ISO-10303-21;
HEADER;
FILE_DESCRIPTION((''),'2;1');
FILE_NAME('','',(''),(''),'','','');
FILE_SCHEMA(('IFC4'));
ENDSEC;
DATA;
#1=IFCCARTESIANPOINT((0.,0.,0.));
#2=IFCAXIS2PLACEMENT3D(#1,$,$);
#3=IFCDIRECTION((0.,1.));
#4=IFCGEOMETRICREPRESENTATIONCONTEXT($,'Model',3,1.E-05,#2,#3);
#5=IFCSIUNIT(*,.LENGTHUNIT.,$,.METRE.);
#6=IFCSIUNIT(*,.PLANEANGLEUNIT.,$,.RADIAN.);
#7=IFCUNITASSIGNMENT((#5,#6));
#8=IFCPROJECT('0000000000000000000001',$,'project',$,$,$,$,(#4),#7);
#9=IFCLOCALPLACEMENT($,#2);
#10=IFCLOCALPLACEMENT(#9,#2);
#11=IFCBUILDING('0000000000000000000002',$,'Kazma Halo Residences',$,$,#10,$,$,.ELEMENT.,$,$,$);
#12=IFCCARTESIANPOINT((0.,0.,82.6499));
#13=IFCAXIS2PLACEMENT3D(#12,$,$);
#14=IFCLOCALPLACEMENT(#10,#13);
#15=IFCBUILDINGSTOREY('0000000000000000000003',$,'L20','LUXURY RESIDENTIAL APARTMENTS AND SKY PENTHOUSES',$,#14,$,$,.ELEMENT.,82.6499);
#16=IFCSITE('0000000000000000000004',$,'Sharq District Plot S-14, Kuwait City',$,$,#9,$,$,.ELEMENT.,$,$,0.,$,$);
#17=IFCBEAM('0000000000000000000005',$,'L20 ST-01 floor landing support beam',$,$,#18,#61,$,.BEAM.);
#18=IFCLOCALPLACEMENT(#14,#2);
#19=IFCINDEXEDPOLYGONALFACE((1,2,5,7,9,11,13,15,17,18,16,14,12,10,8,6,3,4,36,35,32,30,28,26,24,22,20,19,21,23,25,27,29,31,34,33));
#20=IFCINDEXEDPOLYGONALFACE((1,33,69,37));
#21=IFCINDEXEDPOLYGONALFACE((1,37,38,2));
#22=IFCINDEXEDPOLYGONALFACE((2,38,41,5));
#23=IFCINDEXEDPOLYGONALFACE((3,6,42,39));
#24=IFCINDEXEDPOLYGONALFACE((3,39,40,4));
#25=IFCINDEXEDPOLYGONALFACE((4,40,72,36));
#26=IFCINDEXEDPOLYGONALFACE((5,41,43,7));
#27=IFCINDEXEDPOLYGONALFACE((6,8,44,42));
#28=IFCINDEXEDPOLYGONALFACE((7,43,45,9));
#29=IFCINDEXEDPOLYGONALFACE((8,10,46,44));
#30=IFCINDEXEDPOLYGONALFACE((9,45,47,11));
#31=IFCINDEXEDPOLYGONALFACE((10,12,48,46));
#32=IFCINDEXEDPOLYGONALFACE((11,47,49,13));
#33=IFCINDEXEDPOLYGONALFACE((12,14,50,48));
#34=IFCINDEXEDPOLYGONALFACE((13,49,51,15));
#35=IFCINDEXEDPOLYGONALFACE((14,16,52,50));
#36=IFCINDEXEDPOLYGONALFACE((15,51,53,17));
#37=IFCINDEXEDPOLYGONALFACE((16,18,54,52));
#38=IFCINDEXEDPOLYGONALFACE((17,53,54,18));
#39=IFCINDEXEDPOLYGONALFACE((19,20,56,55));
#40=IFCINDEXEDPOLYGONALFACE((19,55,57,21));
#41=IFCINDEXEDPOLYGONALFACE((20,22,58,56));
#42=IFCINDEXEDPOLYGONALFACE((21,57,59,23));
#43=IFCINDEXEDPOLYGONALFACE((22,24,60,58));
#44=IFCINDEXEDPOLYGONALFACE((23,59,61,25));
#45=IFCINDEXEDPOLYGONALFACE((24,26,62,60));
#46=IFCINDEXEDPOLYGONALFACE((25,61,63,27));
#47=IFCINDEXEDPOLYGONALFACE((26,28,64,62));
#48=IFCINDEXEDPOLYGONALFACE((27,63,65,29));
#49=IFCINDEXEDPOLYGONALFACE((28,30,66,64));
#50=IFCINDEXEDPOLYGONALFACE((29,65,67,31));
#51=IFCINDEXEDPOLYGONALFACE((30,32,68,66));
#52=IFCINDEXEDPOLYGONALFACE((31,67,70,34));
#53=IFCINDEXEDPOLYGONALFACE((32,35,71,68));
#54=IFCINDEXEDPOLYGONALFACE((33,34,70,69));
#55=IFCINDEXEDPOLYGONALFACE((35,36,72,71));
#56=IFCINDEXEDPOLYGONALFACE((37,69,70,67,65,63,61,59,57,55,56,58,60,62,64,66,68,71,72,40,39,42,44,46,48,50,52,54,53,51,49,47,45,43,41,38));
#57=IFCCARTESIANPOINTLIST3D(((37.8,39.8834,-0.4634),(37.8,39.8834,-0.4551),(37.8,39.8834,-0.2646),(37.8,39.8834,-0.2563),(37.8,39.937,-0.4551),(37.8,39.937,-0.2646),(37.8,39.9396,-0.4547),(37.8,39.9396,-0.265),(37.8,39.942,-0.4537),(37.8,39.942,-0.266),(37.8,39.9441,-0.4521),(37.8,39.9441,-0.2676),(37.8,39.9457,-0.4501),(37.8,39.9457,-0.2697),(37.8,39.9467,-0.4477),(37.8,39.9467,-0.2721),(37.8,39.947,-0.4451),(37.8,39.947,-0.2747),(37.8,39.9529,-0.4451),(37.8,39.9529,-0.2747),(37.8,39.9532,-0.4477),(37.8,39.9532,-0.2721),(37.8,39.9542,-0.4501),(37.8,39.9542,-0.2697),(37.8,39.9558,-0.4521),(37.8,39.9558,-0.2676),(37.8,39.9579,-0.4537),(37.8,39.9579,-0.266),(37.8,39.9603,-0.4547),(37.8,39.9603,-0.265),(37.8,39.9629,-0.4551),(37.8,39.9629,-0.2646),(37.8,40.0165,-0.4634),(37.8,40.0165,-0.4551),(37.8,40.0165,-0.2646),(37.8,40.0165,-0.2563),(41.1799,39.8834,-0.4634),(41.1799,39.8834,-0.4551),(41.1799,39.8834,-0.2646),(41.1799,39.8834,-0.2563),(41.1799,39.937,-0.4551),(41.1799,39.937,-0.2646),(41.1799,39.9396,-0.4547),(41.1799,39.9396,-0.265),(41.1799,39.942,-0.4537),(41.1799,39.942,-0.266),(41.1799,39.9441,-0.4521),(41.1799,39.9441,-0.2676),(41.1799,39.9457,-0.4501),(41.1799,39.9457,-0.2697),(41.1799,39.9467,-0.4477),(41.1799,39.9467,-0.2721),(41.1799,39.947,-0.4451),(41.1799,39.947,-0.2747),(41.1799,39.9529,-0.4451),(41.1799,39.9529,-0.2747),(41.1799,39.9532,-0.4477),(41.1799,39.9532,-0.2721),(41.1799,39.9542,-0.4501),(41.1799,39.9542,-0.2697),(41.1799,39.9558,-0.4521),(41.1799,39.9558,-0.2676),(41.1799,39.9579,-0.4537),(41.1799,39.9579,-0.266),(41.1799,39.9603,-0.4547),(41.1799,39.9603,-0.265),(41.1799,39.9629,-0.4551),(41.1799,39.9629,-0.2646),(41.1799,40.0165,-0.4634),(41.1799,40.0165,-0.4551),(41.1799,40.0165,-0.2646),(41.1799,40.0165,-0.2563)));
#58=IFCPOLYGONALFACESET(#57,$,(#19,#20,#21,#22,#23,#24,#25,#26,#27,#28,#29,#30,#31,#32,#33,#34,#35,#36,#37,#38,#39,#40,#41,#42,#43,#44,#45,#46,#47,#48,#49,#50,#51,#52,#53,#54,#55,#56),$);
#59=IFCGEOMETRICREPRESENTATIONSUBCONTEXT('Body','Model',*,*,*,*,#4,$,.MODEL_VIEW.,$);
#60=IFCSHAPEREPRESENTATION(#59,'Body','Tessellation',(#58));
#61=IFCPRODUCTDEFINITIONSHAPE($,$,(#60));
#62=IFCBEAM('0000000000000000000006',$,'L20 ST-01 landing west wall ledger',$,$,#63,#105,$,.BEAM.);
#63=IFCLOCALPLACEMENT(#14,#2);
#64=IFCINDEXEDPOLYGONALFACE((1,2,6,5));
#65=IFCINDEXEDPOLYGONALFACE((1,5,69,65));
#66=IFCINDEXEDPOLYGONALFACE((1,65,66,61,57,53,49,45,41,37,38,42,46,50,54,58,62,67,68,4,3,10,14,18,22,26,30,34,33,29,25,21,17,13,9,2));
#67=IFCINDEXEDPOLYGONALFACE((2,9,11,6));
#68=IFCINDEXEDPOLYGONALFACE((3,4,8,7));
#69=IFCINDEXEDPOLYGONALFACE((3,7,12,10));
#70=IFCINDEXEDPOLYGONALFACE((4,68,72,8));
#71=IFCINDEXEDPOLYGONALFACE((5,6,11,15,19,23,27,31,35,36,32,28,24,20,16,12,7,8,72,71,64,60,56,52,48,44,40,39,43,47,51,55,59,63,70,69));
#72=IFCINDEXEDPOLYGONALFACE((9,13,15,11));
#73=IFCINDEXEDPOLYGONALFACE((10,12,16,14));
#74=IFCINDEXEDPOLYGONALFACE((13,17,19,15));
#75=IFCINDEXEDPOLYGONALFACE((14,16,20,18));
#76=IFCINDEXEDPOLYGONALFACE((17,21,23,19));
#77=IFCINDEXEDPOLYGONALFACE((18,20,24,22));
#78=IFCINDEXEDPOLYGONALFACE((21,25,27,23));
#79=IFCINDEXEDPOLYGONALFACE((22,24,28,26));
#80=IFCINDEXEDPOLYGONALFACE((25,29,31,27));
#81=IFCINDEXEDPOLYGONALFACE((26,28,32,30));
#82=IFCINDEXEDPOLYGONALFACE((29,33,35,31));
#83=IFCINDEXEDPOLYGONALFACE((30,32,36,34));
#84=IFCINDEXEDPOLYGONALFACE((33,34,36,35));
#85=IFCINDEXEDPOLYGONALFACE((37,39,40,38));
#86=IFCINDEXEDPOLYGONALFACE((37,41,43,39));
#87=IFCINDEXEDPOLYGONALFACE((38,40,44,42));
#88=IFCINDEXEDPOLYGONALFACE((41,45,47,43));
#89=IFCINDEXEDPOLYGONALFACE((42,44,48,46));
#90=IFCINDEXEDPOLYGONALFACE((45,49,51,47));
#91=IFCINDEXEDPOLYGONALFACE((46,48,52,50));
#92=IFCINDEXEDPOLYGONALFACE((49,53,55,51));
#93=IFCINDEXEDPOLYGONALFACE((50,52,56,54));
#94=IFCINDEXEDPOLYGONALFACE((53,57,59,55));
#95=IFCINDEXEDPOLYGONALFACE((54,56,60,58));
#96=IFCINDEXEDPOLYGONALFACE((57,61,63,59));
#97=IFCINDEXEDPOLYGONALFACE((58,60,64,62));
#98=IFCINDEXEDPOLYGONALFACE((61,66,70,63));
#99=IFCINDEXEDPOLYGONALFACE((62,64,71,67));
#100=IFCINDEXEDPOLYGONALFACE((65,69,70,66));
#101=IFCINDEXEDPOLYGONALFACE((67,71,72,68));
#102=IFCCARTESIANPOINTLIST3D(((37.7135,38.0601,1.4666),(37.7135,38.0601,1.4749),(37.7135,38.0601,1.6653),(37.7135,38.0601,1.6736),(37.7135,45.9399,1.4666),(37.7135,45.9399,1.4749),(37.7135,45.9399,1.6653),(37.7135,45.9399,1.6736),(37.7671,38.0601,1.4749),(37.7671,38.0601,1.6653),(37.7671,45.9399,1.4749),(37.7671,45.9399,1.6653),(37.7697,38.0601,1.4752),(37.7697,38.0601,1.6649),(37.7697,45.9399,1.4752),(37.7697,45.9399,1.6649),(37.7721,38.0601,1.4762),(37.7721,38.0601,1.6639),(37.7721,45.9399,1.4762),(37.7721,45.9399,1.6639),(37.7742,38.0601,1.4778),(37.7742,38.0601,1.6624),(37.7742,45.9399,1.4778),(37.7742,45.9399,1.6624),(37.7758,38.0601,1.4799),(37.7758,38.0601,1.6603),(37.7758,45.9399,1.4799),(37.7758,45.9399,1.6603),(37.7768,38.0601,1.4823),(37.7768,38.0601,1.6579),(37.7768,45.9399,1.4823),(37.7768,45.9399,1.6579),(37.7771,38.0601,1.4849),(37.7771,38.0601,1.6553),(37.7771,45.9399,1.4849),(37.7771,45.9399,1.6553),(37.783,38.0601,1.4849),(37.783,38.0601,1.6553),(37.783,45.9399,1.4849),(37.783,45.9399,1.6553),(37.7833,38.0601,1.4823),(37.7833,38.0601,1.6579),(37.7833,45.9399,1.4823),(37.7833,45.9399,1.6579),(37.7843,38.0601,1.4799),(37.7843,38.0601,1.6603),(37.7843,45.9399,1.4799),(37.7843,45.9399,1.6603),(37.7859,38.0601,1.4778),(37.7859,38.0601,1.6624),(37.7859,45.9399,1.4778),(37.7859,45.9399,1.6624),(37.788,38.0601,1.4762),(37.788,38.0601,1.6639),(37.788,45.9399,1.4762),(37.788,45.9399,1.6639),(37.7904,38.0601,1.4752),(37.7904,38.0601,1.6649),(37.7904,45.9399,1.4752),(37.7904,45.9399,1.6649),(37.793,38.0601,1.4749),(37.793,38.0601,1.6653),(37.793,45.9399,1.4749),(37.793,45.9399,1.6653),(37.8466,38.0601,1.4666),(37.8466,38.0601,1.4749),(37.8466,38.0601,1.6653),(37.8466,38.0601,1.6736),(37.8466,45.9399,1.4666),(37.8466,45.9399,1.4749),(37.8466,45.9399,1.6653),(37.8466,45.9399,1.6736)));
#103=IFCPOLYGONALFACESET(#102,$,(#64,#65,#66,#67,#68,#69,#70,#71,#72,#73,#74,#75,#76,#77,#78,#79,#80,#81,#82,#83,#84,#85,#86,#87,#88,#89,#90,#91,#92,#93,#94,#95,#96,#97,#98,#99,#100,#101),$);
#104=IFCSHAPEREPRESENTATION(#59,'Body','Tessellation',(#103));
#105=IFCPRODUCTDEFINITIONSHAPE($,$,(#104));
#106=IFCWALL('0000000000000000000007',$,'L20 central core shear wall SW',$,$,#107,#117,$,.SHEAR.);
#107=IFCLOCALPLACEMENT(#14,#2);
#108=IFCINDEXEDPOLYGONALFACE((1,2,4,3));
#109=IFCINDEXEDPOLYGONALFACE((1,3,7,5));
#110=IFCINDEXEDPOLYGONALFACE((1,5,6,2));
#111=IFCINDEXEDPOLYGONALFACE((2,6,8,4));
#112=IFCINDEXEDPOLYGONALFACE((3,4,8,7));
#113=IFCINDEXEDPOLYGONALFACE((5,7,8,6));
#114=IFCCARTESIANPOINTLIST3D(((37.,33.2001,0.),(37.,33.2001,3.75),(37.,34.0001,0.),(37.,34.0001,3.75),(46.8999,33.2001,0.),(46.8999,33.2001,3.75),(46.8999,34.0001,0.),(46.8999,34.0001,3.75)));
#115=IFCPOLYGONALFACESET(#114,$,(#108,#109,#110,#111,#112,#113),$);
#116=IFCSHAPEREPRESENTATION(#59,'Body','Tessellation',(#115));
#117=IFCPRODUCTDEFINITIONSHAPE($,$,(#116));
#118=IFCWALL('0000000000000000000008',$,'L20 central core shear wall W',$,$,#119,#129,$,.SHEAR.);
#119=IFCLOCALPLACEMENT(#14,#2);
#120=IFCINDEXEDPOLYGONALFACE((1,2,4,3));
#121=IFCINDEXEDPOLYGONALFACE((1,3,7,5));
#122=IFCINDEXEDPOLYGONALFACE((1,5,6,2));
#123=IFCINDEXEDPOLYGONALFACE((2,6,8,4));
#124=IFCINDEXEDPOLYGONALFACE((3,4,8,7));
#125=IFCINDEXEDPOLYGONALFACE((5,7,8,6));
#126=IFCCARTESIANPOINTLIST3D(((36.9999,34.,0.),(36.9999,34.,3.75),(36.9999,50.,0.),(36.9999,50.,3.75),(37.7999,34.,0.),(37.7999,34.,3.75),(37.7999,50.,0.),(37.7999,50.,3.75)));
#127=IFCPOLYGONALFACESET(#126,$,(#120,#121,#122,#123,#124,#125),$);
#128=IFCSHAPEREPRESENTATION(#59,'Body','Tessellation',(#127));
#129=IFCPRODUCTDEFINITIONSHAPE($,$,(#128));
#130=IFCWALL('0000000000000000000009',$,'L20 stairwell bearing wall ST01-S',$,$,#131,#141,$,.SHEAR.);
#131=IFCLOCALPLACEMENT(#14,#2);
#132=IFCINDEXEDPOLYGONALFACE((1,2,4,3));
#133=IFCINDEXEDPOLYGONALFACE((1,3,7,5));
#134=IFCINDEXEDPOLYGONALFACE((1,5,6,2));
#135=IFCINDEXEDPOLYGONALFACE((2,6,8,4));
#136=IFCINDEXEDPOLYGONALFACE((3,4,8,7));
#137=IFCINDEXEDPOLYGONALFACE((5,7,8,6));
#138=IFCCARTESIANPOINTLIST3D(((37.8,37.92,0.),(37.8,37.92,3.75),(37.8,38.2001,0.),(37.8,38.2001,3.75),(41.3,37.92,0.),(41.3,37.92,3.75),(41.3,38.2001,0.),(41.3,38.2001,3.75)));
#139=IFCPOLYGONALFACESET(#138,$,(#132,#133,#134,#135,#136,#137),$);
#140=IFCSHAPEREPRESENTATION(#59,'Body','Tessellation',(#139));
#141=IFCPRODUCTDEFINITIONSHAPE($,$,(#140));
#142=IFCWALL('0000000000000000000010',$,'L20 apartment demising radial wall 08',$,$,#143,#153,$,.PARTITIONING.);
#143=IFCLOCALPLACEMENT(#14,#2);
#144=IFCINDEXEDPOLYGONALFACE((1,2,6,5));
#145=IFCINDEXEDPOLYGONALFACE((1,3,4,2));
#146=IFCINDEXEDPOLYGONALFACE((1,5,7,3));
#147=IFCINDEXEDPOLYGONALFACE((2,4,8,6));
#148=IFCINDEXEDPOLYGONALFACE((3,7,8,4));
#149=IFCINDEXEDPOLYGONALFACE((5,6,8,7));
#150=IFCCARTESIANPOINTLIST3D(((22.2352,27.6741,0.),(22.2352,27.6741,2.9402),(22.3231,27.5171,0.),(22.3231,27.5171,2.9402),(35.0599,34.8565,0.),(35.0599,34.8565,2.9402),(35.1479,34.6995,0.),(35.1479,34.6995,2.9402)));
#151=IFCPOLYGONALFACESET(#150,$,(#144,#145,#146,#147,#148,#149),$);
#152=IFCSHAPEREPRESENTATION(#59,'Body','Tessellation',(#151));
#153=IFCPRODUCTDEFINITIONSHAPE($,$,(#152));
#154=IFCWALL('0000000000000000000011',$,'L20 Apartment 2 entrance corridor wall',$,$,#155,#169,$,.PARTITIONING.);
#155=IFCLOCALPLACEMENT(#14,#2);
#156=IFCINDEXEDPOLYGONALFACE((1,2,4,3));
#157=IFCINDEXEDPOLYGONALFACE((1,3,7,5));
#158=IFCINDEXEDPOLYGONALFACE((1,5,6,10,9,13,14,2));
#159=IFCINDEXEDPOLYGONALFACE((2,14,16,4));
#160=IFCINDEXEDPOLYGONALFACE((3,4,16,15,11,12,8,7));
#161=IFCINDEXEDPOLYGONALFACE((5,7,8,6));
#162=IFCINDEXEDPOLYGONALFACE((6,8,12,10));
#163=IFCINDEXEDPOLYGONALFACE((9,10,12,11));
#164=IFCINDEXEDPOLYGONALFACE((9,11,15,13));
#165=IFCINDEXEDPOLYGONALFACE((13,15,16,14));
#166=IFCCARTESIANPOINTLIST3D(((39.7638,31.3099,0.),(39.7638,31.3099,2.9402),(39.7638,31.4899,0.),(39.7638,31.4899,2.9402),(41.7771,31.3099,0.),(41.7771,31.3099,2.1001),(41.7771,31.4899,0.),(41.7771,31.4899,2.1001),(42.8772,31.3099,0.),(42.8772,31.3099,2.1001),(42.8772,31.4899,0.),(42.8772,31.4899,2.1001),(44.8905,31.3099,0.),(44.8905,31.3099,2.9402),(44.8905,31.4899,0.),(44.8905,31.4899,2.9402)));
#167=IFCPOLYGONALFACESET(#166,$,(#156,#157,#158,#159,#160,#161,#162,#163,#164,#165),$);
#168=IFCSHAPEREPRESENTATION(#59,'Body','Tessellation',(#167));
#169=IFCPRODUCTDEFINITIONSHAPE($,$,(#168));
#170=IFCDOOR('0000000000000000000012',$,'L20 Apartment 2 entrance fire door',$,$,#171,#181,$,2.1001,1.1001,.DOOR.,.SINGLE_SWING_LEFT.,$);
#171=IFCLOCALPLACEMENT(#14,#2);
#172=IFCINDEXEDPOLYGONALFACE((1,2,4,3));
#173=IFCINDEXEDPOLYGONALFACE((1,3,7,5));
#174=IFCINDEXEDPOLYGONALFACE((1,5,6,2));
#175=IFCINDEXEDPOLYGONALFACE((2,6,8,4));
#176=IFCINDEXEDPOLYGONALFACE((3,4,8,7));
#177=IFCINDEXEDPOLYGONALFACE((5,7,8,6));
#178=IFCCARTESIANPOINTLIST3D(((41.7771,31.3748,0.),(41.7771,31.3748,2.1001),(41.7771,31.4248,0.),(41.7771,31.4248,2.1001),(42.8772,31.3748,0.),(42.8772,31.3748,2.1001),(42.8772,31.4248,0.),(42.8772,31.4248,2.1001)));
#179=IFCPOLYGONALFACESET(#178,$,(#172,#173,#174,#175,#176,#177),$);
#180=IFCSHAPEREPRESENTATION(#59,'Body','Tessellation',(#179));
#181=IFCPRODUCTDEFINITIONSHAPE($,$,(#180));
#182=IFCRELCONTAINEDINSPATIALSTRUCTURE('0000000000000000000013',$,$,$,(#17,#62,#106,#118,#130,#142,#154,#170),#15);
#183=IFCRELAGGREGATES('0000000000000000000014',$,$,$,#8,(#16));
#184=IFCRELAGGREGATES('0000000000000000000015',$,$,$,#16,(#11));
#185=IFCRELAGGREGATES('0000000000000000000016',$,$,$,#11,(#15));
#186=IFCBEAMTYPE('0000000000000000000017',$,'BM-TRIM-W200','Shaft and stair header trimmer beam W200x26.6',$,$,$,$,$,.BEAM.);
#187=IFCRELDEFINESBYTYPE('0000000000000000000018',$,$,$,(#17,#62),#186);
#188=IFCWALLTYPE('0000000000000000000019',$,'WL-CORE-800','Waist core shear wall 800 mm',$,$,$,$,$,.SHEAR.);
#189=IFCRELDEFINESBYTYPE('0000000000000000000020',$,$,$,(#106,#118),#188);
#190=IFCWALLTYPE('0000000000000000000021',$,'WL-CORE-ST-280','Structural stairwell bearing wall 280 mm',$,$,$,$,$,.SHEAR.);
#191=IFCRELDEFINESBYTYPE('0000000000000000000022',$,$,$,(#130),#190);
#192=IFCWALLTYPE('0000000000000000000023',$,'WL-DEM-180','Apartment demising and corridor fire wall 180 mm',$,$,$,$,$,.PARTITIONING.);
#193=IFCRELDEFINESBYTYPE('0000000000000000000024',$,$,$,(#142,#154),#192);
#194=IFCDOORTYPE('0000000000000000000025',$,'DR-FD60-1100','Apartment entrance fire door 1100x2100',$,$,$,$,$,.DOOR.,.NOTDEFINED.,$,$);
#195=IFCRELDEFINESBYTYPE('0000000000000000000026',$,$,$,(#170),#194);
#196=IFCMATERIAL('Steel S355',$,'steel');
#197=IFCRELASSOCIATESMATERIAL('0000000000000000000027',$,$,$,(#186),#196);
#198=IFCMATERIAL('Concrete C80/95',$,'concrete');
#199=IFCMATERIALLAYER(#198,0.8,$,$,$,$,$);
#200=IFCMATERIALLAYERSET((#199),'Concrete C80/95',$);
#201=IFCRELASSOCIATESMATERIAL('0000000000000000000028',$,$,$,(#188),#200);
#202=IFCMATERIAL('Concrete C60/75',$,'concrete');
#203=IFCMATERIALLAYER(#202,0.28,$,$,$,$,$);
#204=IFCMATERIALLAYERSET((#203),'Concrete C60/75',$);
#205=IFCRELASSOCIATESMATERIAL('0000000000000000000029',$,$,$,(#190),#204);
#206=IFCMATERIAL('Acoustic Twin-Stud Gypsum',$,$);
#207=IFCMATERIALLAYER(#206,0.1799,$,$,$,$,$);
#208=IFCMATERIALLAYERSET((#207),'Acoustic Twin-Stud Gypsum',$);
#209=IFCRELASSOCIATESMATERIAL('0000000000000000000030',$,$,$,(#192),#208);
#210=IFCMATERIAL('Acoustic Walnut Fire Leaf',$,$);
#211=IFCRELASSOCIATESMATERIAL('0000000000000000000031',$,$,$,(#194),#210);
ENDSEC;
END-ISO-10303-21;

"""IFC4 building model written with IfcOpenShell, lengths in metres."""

from ifc_helpers import new_model, si_unit, direction, frame, frame_2d, origin, origin_2d, place, context, subcontext, project, spatial, rectangle, i_section, extrude, material, layer, layer_set, material_profile, profile_set, type_object, element, fill, save


model = new_model("IFC4")

# Units and contexts
model_context = context("Model", 3, precision=1e-05, world=origin(), true_north=direction((0.0, 1.0)))
body_context = subcontext(model_context, "Body", "Model", "MODEL_VIEW")
ifc_project = project(units=[si_unit("LENGTHUNIT", "METRE"), si_unit("PLANEANGLEUNIT", "RADIAN")], contexts=[model_context])

# Site, building, storey
site_placement = place(None, origin())
site = spatial("IfcSite", under=ifc_project, at=site_placement, Name="Sharq District Plot S-14, Kuwait City", CompositionType="ELEMENT", RefElevation=0.0)
building_placement = place(site_placement, origin())
building = spatial("IfcBuilding", under=site, at=building_placement, Name="Kazma Halo Residences", CompositionType="ELEMENT")
storey_placement = place(building_placement, frame((0.0, 0.0, 82.6499)))
storey = spatial("IfcBuildingStorey", under=building, at=storey_placement, Name="L20", Description="LUXURY RESIDENTIAL APARTMENTS AND SKY PENTHOUSES", CompositionType="ELEMENT", Elevation=82.6499)

# Beams
ifc_material_1 = material(Name="Steel S355", Category="steel")
ifc_material_profile_1 = material_profile(ifc_material_1, i_section(OverallWidth=0.1331, OverallDepth=0.207, WebThickness=0.0059, FlangeThickness=0.0083, FilletRadius=0.01, at=origin_2d()), Name="W200x26.6")
ifc_profile_set_1 = profile_set([ifc_material_profile_1], Name="Steel S355")
beam_type_1 = type_object("IfcBeamType", Name="BM-TRIM-W200", Description="Shaft and stair header trimmer beam W200x26.6", PredefinedType="BEAM", material=ifc_profile_set_1)
beam_1_placement = place(storey_placement, frame((37.8, 39.95, -0.3599), z_axis=(1.0, 0.0, 0.0), x_axis=(0.0, 1.0, 0.0)))
element("IfcBeam", 1, at=beam_1_placement, inside=storey, type_object=beam_type_1, Name="L20 ST-01 floor landing support beam", PredefinedType="BEAM", context=body_context, shape_type="SweptSolid", body=[
    extrude(i_section(OverallWidth=0.1331, OverallDepth=0.207, WebThickness=0.0059, FlangeThickness=0.0083, FilletRadius=0.01, at=origin_2d()), origin(), (0.0, 0.0, 1.0), 3.3799),
])
beam_2_placement = place(storey_placement, frame((37.78, 38.0601, 1.5701), z_axis=(0.0, 1.0, 0.0), x_axis=(-1.0, 0.0, 0.0)))
element("IfcBeam", 2, at=beam_2_placement, inside=storey, type_object=beam_type_1, Name="L20 ST-01 landing west wall ledger", PredefinedType="BEAM", context=body_context, shape_type="SweptSolid", body=[
    extrude(i_section(OverallWidth=0.1331, OverallDepth=0.207, WebThickness=0.0059, FlangeThickness=0.0083, FilletRadius=0.01, at=origin_2d()), origin(), (0.0, 0.0, 1.0), 7.8799),
])

# Walls
ifc_material_2 = material(Name="Concrete C80/95", Category="concrete")
ifc_layer_1 = layer(ifc_material_2, 0.8)
ifc_layer_set_1 = layer_set([ifc_layer_1], Name="Concrete C80/95")
wall_type_1 = type_object("IfcWallType", Name="WL-CORE-800", Description="Waist core shear wall 800 mm", PredefinedType="SHEAR", material=ifc_layer_set_1)
wall_1_placement = place(storey_placement, frame((37.0, 33.6001, 0.0), z_axis=(0.0, 0.0, 1.0), x_axis=(1.0, 0.0, 0.0)))
element("IfcWall", 3, at=wall_1_placement, inside=storey, type_object=wall_type_1, Name="L20 central core shear wall SW", PredefinedType="SHEAR", context=body_context, shape_type="SweptSolid", body=[
    extrude(rectangle(XDim=9.8999, YDim=0.8, at=frame_2d((4.95, 0.0))), origin(), (0.0, 0.0, 1.0), 3.75),
])
wall_2_placement = place(storey_placement, frame((37.3999, 34.0, 0.0), z_axis=(0.0, 0.0, 1.0), x_axis=(0.0, 1.0, 0.0)))
element("IfcWall", 4, at=wall_2_placement, inside=storey, type_object=wall_type_1, Name="L20 central core shear wall W", PredefinedType="SHEAR", context=body_context, shape_type="SweptSolid", body=[
    extrude(rectangle(XDim=16.0, YDim=0.8, at=frame_2d((8.0, 0.0))), origin(), (0.0, 0.0, 1.0), 3.75),
])
ifc_material_3 = material(Name="Concrete C60/75", Category="concrete")
ifc_layer_2 = layer(ifc_material_3, 0.28)
ifc_layer_set_2 = layer_set([ifc_layer_2], Name="Concrete C60/75")
wall_type_2 = type_object("IfcWallType", Name="WL-CORE-ST-280", Description="Structural stairwell bearing wall 280 mm", PredefinedType="SHEAR", material=ifc_layer_set_2)
wall_3_placement = place(storey_placement, frame((37.8, 38.0601, 0.0), z_axis=(0.0, 0.0, 1.0), x_axis=(1.0, 0.0, 0.0)))
element("IfcWall", 5, at=wall_3_placement, inside=storey, type_object=wall_type_2, Name="L20 stairwell bearing wall ST01-S", PredefinedType="SHEAR", context=body_context, shape_type="SweptSolid", body=[
    extrude(rectangle(XDim=3.5, YDim=0.28, at=frame_2d((1.75, 0.0))), origin(), (0.0, 0.0, 1.0), 3.75),
])
ifc_material_4 = material(Name="Acoustic Twin-Stud Gypsum")
ifc_layer_3 = layer(ifc_material_4, 0.1799)
ifc_layer_set_3 = layer_set([ifc_layer_3], Name="Acoustic Twin-Stud Gypsum")
wall_type_3 = type_object("IfcWallType", Name="WL-DEM-180", Description="Apartment demising and corridor fire wall 180 mm", PredefinedType="PARTITIONING", material=ifc_layer_set_3)
wall_4_placement = place(storey_placement, frame((35.104, 34.7781, 0.0), z_axis=(0.0, 0.0, 1.0), x_axis=(-0.87249, -0.488631, 0.0)))
element("IfcWall", 6, at=wall_4_placement, inside=storey, type_object=wall_type_3, Name="L20 apartment demising radial wall 08", PredefinedType="PARTITIONING", context=body_context, shape_type="SweptSolid", body=[
    extrude(rectangle(XDim=14.699, YDim=0.1799, at=frame_2d((7.3496, 0.0))), origin(), (0.0, 0.0, 1.0), 2.9402),
])

# Wall, opening, door
wall_5_placement = place(storey_placement, frame((39.7637, 31.3999, 0.0), z_axis=(0.0, 0.0, 1.0), x_axis=(1.0, 0.0, 0.0)))
wall_5 = element("IfcWall", 7, at=wall_5_placement, inside=storey, type_object=wall_type_3, Name="L20 Apartment 2 entrance corridor wall", PredefinedType="PARTITIONING", context=body_context, shape_type="SweptSolid", body=[
    extrude(rectangle(XDim=5.1267, YDim=0.1799, at=frame_2d((2.5635, 0.0))), origin(), (0.0, 0.0, 1.0), 2.9402),
])
opening_1_placement = place(wall_5_placement, frame((2.0134, 0.0, 0.0)))
opening_1 = element("IfcOpeningElement", 8, at=opening_1_placement, cuts=wall_5, PredefinedType="OPENING", context=body_context, shape_type="SweptSolid", body=[
    extrude(rectangle(XDim=1.1001, YDim=2.1001, at=frame_2d((0.55, 1.05))), frame((0.0, 0.0999, 0.0), z_axis=(0.0, -1.0, 0.0), x_axis=(1.0, 0.0, 0.0)), (0.0, 0.0, 1.0), 0.2),
])
ifc_material_5 = material(Name="Acoustic Walnut Fire Leaf")
door_type_1 = type_object("IfcDoorType", Name="DR-FD60-1100", Description="Apartment entrance fire door 1100x2100", OperationType="NOTDEFINED", PredefinedType="DOOR", material=ifc_material_5)
door_1_placement = place(opening_1_placement, origin())
door_1 = element("IfcDoor", 9, at=door_1_placement, inside=storey, type_object=door_type_1, Name="L20 Apartment 2 entrance fire door", OperationType="SINGLE_SWING_LEFT", OverallHeight=2.1001, OverallWidth=1.1001, PredefinedType="DOOR", context=body_context, shape_type="SweptSolid", body=[
    extrude(rectangle(XDim=1.1001, YDim=2.1001, at=frame_2d((0.55, 1.05))), frame((0.0, 0.0249, 0.0), z_axis=(0.0, -1.0, 0.0), x_axis=(1.0, 0.0, 0.0)), (0.0, 0.0, 1.0), 0.05),
])
fill(opening_1, door_1)

save(model, "model.ifc")
